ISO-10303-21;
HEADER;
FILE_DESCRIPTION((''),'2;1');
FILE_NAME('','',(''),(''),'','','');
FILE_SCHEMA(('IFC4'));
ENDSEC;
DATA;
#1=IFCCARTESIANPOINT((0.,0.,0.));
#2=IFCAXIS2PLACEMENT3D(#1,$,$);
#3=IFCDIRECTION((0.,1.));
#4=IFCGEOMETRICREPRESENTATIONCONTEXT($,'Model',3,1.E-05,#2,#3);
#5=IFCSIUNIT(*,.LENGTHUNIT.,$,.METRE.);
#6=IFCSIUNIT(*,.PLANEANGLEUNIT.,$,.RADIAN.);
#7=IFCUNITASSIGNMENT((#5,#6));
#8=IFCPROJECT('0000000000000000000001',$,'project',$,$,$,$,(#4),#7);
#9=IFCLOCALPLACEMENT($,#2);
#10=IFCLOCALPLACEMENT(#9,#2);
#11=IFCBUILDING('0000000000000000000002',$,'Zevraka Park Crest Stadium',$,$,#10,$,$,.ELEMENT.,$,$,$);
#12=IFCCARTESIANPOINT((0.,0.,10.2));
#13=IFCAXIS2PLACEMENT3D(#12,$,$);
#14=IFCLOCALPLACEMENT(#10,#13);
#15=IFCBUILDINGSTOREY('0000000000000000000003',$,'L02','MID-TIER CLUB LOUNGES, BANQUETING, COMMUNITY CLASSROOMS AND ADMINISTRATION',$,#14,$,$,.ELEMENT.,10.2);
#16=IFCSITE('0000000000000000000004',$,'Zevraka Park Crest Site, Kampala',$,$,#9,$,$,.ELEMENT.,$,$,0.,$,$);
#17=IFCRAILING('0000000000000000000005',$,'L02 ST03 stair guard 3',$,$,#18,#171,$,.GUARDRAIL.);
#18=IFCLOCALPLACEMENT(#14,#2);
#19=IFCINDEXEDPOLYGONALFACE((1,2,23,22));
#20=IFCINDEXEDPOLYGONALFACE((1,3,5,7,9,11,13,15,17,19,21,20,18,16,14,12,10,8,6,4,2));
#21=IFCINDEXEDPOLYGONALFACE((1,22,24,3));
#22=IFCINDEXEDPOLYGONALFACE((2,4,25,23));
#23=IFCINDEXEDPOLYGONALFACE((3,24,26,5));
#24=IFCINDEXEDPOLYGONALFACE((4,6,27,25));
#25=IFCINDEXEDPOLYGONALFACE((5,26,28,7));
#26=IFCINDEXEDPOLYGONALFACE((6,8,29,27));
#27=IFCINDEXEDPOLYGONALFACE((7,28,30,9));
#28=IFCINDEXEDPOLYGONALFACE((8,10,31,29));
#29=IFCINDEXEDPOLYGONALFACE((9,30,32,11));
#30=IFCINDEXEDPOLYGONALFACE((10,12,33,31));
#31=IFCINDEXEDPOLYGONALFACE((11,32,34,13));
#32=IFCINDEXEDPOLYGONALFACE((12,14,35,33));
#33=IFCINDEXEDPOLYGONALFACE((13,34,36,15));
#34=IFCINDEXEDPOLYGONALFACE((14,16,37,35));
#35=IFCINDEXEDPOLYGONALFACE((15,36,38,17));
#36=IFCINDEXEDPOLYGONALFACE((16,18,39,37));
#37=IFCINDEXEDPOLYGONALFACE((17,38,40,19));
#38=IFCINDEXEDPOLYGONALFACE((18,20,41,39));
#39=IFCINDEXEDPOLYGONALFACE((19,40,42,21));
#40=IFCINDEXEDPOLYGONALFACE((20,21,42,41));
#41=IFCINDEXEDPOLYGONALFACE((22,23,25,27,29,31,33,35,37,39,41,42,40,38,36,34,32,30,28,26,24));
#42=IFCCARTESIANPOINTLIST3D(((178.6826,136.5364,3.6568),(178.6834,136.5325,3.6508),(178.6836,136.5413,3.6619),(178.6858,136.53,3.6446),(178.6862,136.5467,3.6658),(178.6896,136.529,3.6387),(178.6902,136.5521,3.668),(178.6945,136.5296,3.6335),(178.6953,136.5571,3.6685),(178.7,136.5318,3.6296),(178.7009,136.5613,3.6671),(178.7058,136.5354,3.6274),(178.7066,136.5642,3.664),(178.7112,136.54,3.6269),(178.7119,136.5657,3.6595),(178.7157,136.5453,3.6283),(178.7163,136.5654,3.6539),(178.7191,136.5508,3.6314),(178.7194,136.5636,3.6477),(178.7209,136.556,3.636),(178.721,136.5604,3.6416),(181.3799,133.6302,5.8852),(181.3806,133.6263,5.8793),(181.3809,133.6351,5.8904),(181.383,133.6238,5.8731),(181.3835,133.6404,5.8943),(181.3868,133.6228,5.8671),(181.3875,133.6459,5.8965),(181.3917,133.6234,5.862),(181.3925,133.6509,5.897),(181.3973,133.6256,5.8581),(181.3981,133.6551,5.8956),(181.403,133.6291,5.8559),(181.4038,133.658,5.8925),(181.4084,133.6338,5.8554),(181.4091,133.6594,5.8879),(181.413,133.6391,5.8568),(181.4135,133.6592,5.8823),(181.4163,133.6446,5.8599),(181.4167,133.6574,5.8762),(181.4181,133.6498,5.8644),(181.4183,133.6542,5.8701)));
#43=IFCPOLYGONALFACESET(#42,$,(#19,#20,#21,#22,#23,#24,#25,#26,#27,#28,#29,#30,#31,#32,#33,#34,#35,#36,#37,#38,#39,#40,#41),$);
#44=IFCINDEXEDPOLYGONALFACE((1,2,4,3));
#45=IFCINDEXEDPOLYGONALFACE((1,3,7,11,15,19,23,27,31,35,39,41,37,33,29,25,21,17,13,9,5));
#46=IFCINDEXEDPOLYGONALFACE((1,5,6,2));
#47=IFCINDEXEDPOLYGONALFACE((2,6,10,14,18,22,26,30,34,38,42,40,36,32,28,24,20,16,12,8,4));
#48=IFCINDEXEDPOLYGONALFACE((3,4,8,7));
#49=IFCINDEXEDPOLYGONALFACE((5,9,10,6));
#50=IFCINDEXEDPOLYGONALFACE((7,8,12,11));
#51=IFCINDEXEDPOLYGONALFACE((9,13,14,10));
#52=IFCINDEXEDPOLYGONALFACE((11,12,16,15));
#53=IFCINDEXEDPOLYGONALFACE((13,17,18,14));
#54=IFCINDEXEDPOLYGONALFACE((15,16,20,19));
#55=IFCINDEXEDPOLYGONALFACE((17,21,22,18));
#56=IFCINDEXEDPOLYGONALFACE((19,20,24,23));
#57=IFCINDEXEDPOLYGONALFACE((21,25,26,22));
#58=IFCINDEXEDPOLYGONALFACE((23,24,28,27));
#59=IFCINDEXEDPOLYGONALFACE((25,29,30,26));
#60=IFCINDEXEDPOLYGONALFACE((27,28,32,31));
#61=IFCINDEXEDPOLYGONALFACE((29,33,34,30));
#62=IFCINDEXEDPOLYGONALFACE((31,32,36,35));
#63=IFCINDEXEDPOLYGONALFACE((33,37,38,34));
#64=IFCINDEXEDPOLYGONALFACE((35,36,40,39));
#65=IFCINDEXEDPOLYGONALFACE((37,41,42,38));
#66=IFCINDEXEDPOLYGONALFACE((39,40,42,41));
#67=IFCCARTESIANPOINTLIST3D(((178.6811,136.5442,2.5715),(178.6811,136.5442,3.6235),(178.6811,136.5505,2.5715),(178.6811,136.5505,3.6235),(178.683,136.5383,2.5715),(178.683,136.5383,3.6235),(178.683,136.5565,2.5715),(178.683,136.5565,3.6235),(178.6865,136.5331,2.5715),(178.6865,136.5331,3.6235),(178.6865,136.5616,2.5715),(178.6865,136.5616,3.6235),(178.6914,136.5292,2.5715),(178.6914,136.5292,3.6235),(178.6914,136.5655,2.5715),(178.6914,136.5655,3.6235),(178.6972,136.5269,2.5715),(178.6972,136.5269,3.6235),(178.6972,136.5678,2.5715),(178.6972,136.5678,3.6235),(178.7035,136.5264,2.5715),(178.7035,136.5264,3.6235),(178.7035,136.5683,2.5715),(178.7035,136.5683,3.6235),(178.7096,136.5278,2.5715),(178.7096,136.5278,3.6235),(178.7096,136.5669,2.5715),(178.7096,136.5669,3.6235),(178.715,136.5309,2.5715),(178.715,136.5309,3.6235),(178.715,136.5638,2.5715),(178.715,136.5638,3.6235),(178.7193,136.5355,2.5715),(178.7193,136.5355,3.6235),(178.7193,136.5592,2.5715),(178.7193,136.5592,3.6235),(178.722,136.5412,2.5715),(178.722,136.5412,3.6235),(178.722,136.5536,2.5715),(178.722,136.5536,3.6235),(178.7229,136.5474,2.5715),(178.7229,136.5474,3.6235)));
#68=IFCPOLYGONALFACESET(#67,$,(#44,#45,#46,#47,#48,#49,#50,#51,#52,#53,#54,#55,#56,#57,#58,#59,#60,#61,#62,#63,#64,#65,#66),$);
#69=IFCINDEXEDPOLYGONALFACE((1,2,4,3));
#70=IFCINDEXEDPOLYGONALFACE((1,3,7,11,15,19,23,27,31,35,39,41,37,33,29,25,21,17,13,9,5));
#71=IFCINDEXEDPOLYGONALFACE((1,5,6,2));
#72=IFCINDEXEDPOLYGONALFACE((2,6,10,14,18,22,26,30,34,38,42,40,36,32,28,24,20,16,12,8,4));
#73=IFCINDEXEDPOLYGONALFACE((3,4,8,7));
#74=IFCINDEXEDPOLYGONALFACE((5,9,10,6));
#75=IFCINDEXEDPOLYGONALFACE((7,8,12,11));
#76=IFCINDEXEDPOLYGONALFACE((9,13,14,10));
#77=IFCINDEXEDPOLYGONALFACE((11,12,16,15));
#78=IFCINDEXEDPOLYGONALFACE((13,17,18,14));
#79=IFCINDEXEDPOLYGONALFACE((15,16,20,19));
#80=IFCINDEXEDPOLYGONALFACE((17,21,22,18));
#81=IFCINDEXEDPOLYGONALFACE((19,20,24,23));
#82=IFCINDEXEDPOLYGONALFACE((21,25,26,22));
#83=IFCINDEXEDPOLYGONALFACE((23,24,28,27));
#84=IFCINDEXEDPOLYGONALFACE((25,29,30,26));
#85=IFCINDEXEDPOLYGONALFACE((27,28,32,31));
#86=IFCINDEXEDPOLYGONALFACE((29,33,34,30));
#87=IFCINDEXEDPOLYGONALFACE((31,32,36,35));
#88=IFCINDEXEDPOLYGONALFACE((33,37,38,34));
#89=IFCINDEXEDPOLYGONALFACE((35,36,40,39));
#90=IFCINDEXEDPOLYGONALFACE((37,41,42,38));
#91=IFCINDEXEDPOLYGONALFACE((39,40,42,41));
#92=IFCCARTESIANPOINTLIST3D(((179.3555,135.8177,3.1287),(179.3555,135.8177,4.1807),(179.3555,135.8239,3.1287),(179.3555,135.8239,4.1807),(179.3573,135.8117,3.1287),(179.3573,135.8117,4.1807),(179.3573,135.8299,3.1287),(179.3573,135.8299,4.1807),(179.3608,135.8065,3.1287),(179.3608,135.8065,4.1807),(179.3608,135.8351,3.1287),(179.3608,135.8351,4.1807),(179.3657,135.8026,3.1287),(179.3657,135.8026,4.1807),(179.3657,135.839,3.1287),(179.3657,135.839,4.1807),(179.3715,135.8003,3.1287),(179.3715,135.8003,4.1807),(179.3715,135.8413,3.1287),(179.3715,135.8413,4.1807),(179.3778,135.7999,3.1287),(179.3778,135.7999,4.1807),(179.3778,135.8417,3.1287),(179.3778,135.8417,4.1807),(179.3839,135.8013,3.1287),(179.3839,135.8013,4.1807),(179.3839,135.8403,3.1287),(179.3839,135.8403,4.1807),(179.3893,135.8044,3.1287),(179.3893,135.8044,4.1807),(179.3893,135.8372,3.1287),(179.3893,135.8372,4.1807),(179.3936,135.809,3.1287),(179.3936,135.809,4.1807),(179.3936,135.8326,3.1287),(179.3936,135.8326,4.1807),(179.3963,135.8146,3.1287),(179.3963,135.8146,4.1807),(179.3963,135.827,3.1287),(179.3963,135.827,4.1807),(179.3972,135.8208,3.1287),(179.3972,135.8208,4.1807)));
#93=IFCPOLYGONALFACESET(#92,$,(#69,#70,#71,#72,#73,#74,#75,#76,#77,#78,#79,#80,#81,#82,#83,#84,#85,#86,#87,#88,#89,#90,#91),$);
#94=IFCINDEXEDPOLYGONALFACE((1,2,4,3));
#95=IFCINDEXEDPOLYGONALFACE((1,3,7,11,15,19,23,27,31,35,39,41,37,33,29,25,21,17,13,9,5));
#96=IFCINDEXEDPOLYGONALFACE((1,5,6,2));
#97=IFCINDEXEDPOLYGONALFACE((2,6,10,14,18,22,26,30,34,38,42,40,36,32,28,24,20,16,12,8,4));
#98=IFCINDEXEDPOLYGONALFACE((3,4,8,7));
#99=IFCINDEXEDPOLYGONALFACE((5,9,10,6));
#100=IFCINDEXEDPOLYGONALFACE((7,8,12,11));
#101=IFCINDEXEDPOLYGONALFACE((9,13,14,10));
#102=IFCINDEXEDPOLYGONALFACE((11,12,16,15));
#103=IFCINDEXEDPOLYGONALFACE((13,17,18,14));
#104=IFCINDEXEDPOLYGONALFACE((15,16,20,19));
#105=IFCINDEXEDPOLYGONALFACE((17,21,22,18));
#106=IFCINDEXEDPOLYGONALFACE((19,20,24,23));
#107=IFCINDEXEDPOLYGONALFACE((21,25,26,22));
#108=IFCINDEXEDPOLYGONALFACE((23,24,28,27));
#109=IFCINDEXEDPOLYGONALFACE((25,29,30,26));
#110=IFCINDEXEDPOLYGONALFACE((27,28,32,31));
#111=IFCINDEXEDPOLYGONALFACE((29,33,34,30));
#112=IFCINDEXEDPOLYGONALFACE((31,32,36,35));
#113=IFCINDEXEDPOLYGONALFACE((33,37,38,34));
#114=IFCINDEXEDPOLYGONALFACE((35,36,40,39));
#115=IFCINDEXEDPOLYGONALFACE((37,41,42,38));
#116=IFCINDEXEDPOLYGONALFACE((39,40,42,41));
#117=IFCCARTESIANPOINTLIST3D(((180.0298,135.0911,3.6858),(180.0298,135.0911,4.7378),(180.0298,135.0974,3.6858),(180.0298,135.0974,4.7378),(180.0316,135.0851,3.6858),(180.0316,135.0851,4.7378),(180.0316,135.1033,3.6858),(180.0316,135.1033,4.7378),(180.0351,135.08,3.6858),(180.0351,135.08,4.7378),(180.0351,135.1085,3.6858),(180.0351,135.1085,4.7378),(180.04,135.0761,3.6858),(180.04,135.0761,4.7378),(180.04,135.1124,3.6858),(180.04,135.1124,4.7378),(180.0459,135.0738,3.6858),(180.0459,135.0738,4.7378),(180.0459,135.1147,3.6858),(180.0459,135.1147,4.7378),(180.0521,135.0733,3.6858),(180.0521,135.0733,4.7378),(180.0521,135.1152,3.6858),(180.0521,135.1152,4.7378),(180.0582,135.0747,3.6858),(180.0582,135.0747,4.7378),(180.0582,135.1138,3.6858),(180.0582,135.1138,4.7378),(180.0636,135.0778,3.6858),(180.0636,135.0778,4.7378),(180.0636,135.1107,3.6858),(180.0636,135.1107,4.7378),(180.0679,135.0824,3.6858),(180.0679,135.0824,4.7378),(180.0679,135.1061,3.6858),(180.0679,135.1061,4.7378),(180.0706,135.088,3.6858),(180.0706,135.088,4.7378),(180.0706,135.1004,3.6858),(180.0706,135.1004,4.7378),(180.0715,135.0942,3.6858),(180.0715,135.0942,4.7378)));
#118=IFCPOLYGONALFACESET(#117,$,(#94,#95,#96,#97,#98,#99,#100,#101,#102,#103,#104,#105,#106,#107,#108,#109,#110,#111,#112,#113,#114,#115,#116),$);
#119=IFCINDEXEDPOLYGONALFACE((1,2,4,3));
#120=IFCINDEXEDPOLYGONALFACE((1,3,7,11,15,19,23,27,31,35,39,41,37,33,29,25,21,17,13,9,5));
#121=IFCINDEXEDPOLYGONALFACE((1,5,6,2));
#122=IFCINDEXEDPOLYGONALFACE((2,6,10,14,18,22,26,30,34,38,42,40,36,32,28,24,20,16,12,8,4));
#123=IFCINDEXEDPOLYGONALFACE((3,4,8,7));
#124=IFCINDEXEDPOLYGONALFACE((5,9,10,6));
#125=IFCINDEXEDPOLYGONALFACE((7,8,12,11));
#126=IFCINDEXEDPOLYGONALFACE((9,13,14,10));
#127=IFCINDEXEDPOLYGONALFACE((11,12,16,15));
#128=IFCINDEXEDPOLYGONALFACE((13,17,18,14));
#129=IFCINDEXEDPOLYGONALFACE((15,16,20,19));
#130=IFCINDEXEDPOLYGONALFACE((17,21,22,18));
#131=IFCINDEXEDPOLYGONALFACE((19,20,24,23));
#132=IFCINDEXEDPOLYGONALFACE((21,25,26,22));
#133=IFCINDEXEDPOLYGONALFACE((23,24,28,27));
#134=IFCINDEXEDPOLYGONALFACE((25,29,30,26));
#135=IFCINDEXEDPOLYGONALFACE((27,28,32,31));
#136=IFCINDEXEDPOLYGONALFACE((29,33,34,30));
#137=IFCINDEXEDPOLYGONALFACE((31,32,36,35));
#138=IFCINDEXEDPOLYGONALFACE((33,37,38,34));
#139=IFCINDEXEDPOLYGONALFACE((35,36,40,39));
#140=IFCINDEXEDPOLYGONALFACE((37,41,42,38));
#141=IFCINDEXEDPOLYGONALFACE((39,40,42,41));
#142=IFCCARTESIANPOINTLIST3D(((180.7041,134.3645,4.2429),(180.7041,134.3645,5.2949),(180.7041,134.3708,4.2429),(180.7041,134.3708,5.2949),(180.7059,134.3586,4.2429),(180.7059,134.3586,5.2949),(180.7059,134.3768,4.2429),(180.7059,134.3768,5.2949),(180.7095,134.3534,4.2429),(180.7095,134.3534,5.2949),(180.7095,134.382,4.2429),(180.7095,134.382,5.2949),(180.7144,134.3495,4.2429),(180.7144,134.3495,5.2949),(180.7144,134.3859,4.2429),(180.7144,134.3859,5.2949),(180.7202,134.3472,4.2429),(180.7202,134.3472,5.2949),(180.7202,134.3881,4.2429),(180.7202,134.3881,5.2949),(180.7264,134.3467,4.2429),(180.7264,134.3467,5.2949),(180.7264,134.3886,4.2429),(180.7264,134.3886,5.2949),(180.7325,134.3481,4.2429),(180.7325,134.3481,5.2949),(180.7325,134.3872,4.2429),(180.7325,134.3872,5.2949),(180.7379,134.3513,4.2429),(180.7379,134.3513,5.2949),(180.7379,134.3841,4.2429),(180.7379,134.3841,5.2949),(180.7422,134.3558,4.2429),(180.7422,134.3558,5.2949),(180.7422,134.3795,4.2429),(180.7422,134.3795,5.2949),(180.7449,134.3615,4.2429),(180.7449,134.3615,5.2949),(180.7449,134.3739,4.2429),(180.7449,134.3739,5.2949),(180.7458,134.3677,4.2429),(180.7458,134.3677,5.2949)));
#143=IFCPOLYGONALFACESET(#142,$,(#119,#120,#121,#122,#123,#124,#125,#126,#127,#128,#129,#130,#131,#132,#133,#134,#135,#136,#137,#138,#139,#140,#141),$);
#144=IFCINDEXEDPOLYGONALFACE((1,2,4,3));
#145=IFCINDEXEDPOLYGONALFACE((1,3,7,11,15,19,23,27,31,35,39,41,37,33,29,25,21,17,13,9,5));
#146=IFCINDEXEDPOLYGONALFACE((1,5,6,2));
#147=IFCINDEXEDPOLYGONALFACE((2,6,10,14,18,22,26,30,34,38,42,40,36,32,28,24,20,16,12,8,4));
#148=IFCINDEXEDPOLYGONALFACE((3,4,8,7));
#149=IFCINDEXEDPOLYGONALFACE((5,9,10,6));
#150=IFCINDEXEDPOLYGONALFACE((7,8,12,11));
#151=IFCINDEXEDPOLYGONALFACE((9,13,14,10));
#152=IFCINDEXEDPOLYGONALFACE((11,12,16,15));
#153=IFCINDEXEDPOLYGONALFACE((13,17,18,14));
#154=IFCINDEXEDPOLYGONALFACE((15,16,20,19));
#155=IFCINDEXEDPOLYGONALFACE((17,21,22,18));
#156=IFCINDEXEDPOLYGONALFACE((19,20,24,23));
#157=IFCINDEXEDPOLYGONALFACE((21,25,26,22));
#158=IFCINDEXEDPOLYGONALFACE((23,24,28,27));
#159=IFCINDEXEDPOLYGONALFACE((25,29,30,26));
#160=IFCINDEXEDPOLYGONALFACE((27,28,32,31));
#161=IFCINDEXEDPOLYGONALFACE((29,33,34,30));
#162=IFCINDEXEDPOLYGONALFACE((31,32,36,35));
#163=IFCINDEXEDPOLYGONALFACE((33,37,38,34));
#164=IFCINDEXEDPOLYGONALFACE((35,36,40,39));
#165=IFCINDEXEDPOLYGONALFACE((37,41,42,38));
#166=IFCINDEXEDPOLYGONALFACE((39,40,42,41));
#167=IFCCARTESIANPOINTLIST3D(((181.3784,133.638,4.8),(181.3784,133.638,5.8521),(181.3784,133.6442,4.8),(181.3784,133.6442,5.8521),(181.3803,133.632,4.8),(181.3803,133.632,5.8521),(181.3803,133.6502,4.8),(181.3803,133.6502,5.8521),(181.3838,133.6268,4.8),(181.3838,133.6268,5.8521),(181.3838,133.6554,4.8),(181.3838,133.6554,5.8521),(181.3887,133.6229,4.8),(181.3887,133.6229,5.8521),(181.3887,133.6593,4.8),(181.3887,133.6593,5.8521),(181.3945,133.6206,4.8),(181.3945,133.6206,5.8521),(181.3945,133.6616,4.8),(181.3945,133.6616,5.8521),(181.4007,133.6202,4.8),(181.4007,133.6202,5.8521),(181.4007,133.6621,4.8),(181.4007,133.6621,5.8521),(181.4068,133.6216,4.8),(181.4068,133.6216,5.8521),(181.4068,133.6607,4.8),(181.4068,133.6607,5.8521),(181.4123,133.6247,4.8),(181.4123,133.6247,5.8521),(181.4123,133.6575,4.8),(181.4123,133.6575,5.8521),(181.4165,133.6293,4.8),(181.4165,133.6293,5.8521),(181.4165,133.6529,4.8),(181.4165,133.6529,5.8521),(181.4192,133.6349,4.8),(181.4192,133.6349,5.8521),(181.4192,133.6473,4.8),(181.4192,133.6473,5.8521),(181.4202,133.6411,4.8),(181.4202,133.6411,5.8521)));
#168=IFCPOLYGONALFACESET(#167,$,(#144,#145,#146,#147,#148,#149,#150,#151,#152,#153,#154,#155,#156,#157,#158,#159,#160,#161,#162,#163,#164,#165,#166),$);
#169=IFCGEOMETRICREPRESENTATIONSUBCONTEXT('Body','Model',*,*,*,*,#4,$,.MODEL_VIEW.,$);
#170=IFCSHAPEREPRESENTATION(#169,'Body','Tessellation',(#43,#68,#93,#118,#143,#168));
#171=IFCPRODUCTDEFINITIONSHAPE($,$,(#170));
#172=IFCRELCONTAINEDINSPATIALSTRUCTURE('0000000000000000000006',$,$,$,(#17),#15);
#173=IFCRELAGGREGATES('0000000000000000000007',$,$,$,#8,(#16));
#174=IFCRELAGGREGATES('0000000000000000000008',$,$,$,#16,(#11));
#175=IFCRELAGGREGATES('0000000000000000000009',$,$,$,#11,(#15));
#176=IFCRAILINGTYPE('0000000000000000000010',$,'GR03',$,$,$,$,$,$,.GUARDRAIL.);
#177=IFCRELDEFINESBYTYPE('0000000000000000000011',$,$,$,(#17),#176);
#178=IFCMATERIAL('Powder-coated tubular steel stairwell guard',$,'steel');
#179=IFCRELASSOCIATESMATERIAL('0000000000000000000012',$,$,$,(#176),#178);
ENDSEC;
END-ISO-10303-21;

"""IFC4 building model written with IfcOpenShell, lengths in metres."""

from ifc_helpers import new_model, si_unit, direction, frame, origin, origin_2d, place, context, subcontext, project, spatial, circle, extrude, material, type_object, element, save


model = new_model("IFC4")

# Units and contexts
model_context = context("Model", 3, precision=1e-05, world=origin(), true_north=direction((0.0, 1.0)))
body_context = subcontext(model_context, "Body", "Model", "MODEL_VIEW")
ifc_project = project(units=[si_unit("LENGTHUNIT", "METRE"), si_unit("PLANEANGLEUNIT", "RADIAN")], contexts=[model_context])

# Site, building, storey
site_placement = place(None, origin())
site = spatial("IfcSite", under=ifc_project, at=site_placement, Name="Zevraka Park Crest Site, Kampala", CompositionType="ELEMENT", RefElevation=0.0)
building_placement = place(site_placement, origin())
building = spatial("IfcBuilding", under=site, at=building_placement, Name="Zevraka Park Crest Stadium", CompositionType="ELEMENT")
storey_placement = place(building_placement, frame((0.0, 0.0, 10.2)))
storey = spatial("IfcBuildingStorey", under=building, at=storey_placement, Name="L02", Description="MID-TIER CLUB LOUNGES, BANQUETING, COMMUNITY CLASSROOMS AND ADMINISTRATION", CompositionType="ELEMENT", Elevation=10.2)

# Railing
ifc_material_1 = material(Name="Powder-coated tubular steel stairwell guard", Category="steel")
railing_type_1 = type_object("IfcRailingType", Name="GR03", PredefinedType="GUARDRAIL", material=ifc_material_1)
railing_1_placement = place(storey_placement, frame((178.7019, 136.5474, 2.5715)))
element("IfcRailing", 1, at=railing_1_placement, inside=storey, type_object=railing_type_1, Name="L02 ST03 stair guard 3", PredefinedType="GUARDRAIL", context=body_context, shape_type="SweptSolid", body=[
    extrude(circle(Radius=0.0239, at=origin_2d()), frame((0.0, 0.0, 1.0762), z_axis=(0.593016, -0.638963, 0.489957), x_axis=(0.732969, 0.680262, 0.0)), (0.0, 0.0, 1.0), 4.5483),
    extrude(circle(Radius=0.021, at=origin_2d()), origin(), (0.0, 0.0, 1.0), 1.052),
    extrude(circle(Radius=0.021, at=origin_2d()), frame((0.6743, -0.7266, 0.5571)), (0.0, 0.0, 1.0), 1.052),
    extrude(circle(Radius=0.021, at=origin_2d()), frame((1.3486, -1.4531, 1.1143)), (0.0, 0.0, 1.0), 1.052),
    extrude(circle(Radius=0.021, at=origin_2d()), frame((2.0229, -2.1797, 1.6714)), (0.0, 0.0, 1.0), 1.052),
    extrude(circle(Radius=0.021, at=origin_2d()), frame((2.6973, -2.9062, 2.2285)), (0.0, 0.0, 1.0), 1.052),
])

save(model, "model.ifc")
